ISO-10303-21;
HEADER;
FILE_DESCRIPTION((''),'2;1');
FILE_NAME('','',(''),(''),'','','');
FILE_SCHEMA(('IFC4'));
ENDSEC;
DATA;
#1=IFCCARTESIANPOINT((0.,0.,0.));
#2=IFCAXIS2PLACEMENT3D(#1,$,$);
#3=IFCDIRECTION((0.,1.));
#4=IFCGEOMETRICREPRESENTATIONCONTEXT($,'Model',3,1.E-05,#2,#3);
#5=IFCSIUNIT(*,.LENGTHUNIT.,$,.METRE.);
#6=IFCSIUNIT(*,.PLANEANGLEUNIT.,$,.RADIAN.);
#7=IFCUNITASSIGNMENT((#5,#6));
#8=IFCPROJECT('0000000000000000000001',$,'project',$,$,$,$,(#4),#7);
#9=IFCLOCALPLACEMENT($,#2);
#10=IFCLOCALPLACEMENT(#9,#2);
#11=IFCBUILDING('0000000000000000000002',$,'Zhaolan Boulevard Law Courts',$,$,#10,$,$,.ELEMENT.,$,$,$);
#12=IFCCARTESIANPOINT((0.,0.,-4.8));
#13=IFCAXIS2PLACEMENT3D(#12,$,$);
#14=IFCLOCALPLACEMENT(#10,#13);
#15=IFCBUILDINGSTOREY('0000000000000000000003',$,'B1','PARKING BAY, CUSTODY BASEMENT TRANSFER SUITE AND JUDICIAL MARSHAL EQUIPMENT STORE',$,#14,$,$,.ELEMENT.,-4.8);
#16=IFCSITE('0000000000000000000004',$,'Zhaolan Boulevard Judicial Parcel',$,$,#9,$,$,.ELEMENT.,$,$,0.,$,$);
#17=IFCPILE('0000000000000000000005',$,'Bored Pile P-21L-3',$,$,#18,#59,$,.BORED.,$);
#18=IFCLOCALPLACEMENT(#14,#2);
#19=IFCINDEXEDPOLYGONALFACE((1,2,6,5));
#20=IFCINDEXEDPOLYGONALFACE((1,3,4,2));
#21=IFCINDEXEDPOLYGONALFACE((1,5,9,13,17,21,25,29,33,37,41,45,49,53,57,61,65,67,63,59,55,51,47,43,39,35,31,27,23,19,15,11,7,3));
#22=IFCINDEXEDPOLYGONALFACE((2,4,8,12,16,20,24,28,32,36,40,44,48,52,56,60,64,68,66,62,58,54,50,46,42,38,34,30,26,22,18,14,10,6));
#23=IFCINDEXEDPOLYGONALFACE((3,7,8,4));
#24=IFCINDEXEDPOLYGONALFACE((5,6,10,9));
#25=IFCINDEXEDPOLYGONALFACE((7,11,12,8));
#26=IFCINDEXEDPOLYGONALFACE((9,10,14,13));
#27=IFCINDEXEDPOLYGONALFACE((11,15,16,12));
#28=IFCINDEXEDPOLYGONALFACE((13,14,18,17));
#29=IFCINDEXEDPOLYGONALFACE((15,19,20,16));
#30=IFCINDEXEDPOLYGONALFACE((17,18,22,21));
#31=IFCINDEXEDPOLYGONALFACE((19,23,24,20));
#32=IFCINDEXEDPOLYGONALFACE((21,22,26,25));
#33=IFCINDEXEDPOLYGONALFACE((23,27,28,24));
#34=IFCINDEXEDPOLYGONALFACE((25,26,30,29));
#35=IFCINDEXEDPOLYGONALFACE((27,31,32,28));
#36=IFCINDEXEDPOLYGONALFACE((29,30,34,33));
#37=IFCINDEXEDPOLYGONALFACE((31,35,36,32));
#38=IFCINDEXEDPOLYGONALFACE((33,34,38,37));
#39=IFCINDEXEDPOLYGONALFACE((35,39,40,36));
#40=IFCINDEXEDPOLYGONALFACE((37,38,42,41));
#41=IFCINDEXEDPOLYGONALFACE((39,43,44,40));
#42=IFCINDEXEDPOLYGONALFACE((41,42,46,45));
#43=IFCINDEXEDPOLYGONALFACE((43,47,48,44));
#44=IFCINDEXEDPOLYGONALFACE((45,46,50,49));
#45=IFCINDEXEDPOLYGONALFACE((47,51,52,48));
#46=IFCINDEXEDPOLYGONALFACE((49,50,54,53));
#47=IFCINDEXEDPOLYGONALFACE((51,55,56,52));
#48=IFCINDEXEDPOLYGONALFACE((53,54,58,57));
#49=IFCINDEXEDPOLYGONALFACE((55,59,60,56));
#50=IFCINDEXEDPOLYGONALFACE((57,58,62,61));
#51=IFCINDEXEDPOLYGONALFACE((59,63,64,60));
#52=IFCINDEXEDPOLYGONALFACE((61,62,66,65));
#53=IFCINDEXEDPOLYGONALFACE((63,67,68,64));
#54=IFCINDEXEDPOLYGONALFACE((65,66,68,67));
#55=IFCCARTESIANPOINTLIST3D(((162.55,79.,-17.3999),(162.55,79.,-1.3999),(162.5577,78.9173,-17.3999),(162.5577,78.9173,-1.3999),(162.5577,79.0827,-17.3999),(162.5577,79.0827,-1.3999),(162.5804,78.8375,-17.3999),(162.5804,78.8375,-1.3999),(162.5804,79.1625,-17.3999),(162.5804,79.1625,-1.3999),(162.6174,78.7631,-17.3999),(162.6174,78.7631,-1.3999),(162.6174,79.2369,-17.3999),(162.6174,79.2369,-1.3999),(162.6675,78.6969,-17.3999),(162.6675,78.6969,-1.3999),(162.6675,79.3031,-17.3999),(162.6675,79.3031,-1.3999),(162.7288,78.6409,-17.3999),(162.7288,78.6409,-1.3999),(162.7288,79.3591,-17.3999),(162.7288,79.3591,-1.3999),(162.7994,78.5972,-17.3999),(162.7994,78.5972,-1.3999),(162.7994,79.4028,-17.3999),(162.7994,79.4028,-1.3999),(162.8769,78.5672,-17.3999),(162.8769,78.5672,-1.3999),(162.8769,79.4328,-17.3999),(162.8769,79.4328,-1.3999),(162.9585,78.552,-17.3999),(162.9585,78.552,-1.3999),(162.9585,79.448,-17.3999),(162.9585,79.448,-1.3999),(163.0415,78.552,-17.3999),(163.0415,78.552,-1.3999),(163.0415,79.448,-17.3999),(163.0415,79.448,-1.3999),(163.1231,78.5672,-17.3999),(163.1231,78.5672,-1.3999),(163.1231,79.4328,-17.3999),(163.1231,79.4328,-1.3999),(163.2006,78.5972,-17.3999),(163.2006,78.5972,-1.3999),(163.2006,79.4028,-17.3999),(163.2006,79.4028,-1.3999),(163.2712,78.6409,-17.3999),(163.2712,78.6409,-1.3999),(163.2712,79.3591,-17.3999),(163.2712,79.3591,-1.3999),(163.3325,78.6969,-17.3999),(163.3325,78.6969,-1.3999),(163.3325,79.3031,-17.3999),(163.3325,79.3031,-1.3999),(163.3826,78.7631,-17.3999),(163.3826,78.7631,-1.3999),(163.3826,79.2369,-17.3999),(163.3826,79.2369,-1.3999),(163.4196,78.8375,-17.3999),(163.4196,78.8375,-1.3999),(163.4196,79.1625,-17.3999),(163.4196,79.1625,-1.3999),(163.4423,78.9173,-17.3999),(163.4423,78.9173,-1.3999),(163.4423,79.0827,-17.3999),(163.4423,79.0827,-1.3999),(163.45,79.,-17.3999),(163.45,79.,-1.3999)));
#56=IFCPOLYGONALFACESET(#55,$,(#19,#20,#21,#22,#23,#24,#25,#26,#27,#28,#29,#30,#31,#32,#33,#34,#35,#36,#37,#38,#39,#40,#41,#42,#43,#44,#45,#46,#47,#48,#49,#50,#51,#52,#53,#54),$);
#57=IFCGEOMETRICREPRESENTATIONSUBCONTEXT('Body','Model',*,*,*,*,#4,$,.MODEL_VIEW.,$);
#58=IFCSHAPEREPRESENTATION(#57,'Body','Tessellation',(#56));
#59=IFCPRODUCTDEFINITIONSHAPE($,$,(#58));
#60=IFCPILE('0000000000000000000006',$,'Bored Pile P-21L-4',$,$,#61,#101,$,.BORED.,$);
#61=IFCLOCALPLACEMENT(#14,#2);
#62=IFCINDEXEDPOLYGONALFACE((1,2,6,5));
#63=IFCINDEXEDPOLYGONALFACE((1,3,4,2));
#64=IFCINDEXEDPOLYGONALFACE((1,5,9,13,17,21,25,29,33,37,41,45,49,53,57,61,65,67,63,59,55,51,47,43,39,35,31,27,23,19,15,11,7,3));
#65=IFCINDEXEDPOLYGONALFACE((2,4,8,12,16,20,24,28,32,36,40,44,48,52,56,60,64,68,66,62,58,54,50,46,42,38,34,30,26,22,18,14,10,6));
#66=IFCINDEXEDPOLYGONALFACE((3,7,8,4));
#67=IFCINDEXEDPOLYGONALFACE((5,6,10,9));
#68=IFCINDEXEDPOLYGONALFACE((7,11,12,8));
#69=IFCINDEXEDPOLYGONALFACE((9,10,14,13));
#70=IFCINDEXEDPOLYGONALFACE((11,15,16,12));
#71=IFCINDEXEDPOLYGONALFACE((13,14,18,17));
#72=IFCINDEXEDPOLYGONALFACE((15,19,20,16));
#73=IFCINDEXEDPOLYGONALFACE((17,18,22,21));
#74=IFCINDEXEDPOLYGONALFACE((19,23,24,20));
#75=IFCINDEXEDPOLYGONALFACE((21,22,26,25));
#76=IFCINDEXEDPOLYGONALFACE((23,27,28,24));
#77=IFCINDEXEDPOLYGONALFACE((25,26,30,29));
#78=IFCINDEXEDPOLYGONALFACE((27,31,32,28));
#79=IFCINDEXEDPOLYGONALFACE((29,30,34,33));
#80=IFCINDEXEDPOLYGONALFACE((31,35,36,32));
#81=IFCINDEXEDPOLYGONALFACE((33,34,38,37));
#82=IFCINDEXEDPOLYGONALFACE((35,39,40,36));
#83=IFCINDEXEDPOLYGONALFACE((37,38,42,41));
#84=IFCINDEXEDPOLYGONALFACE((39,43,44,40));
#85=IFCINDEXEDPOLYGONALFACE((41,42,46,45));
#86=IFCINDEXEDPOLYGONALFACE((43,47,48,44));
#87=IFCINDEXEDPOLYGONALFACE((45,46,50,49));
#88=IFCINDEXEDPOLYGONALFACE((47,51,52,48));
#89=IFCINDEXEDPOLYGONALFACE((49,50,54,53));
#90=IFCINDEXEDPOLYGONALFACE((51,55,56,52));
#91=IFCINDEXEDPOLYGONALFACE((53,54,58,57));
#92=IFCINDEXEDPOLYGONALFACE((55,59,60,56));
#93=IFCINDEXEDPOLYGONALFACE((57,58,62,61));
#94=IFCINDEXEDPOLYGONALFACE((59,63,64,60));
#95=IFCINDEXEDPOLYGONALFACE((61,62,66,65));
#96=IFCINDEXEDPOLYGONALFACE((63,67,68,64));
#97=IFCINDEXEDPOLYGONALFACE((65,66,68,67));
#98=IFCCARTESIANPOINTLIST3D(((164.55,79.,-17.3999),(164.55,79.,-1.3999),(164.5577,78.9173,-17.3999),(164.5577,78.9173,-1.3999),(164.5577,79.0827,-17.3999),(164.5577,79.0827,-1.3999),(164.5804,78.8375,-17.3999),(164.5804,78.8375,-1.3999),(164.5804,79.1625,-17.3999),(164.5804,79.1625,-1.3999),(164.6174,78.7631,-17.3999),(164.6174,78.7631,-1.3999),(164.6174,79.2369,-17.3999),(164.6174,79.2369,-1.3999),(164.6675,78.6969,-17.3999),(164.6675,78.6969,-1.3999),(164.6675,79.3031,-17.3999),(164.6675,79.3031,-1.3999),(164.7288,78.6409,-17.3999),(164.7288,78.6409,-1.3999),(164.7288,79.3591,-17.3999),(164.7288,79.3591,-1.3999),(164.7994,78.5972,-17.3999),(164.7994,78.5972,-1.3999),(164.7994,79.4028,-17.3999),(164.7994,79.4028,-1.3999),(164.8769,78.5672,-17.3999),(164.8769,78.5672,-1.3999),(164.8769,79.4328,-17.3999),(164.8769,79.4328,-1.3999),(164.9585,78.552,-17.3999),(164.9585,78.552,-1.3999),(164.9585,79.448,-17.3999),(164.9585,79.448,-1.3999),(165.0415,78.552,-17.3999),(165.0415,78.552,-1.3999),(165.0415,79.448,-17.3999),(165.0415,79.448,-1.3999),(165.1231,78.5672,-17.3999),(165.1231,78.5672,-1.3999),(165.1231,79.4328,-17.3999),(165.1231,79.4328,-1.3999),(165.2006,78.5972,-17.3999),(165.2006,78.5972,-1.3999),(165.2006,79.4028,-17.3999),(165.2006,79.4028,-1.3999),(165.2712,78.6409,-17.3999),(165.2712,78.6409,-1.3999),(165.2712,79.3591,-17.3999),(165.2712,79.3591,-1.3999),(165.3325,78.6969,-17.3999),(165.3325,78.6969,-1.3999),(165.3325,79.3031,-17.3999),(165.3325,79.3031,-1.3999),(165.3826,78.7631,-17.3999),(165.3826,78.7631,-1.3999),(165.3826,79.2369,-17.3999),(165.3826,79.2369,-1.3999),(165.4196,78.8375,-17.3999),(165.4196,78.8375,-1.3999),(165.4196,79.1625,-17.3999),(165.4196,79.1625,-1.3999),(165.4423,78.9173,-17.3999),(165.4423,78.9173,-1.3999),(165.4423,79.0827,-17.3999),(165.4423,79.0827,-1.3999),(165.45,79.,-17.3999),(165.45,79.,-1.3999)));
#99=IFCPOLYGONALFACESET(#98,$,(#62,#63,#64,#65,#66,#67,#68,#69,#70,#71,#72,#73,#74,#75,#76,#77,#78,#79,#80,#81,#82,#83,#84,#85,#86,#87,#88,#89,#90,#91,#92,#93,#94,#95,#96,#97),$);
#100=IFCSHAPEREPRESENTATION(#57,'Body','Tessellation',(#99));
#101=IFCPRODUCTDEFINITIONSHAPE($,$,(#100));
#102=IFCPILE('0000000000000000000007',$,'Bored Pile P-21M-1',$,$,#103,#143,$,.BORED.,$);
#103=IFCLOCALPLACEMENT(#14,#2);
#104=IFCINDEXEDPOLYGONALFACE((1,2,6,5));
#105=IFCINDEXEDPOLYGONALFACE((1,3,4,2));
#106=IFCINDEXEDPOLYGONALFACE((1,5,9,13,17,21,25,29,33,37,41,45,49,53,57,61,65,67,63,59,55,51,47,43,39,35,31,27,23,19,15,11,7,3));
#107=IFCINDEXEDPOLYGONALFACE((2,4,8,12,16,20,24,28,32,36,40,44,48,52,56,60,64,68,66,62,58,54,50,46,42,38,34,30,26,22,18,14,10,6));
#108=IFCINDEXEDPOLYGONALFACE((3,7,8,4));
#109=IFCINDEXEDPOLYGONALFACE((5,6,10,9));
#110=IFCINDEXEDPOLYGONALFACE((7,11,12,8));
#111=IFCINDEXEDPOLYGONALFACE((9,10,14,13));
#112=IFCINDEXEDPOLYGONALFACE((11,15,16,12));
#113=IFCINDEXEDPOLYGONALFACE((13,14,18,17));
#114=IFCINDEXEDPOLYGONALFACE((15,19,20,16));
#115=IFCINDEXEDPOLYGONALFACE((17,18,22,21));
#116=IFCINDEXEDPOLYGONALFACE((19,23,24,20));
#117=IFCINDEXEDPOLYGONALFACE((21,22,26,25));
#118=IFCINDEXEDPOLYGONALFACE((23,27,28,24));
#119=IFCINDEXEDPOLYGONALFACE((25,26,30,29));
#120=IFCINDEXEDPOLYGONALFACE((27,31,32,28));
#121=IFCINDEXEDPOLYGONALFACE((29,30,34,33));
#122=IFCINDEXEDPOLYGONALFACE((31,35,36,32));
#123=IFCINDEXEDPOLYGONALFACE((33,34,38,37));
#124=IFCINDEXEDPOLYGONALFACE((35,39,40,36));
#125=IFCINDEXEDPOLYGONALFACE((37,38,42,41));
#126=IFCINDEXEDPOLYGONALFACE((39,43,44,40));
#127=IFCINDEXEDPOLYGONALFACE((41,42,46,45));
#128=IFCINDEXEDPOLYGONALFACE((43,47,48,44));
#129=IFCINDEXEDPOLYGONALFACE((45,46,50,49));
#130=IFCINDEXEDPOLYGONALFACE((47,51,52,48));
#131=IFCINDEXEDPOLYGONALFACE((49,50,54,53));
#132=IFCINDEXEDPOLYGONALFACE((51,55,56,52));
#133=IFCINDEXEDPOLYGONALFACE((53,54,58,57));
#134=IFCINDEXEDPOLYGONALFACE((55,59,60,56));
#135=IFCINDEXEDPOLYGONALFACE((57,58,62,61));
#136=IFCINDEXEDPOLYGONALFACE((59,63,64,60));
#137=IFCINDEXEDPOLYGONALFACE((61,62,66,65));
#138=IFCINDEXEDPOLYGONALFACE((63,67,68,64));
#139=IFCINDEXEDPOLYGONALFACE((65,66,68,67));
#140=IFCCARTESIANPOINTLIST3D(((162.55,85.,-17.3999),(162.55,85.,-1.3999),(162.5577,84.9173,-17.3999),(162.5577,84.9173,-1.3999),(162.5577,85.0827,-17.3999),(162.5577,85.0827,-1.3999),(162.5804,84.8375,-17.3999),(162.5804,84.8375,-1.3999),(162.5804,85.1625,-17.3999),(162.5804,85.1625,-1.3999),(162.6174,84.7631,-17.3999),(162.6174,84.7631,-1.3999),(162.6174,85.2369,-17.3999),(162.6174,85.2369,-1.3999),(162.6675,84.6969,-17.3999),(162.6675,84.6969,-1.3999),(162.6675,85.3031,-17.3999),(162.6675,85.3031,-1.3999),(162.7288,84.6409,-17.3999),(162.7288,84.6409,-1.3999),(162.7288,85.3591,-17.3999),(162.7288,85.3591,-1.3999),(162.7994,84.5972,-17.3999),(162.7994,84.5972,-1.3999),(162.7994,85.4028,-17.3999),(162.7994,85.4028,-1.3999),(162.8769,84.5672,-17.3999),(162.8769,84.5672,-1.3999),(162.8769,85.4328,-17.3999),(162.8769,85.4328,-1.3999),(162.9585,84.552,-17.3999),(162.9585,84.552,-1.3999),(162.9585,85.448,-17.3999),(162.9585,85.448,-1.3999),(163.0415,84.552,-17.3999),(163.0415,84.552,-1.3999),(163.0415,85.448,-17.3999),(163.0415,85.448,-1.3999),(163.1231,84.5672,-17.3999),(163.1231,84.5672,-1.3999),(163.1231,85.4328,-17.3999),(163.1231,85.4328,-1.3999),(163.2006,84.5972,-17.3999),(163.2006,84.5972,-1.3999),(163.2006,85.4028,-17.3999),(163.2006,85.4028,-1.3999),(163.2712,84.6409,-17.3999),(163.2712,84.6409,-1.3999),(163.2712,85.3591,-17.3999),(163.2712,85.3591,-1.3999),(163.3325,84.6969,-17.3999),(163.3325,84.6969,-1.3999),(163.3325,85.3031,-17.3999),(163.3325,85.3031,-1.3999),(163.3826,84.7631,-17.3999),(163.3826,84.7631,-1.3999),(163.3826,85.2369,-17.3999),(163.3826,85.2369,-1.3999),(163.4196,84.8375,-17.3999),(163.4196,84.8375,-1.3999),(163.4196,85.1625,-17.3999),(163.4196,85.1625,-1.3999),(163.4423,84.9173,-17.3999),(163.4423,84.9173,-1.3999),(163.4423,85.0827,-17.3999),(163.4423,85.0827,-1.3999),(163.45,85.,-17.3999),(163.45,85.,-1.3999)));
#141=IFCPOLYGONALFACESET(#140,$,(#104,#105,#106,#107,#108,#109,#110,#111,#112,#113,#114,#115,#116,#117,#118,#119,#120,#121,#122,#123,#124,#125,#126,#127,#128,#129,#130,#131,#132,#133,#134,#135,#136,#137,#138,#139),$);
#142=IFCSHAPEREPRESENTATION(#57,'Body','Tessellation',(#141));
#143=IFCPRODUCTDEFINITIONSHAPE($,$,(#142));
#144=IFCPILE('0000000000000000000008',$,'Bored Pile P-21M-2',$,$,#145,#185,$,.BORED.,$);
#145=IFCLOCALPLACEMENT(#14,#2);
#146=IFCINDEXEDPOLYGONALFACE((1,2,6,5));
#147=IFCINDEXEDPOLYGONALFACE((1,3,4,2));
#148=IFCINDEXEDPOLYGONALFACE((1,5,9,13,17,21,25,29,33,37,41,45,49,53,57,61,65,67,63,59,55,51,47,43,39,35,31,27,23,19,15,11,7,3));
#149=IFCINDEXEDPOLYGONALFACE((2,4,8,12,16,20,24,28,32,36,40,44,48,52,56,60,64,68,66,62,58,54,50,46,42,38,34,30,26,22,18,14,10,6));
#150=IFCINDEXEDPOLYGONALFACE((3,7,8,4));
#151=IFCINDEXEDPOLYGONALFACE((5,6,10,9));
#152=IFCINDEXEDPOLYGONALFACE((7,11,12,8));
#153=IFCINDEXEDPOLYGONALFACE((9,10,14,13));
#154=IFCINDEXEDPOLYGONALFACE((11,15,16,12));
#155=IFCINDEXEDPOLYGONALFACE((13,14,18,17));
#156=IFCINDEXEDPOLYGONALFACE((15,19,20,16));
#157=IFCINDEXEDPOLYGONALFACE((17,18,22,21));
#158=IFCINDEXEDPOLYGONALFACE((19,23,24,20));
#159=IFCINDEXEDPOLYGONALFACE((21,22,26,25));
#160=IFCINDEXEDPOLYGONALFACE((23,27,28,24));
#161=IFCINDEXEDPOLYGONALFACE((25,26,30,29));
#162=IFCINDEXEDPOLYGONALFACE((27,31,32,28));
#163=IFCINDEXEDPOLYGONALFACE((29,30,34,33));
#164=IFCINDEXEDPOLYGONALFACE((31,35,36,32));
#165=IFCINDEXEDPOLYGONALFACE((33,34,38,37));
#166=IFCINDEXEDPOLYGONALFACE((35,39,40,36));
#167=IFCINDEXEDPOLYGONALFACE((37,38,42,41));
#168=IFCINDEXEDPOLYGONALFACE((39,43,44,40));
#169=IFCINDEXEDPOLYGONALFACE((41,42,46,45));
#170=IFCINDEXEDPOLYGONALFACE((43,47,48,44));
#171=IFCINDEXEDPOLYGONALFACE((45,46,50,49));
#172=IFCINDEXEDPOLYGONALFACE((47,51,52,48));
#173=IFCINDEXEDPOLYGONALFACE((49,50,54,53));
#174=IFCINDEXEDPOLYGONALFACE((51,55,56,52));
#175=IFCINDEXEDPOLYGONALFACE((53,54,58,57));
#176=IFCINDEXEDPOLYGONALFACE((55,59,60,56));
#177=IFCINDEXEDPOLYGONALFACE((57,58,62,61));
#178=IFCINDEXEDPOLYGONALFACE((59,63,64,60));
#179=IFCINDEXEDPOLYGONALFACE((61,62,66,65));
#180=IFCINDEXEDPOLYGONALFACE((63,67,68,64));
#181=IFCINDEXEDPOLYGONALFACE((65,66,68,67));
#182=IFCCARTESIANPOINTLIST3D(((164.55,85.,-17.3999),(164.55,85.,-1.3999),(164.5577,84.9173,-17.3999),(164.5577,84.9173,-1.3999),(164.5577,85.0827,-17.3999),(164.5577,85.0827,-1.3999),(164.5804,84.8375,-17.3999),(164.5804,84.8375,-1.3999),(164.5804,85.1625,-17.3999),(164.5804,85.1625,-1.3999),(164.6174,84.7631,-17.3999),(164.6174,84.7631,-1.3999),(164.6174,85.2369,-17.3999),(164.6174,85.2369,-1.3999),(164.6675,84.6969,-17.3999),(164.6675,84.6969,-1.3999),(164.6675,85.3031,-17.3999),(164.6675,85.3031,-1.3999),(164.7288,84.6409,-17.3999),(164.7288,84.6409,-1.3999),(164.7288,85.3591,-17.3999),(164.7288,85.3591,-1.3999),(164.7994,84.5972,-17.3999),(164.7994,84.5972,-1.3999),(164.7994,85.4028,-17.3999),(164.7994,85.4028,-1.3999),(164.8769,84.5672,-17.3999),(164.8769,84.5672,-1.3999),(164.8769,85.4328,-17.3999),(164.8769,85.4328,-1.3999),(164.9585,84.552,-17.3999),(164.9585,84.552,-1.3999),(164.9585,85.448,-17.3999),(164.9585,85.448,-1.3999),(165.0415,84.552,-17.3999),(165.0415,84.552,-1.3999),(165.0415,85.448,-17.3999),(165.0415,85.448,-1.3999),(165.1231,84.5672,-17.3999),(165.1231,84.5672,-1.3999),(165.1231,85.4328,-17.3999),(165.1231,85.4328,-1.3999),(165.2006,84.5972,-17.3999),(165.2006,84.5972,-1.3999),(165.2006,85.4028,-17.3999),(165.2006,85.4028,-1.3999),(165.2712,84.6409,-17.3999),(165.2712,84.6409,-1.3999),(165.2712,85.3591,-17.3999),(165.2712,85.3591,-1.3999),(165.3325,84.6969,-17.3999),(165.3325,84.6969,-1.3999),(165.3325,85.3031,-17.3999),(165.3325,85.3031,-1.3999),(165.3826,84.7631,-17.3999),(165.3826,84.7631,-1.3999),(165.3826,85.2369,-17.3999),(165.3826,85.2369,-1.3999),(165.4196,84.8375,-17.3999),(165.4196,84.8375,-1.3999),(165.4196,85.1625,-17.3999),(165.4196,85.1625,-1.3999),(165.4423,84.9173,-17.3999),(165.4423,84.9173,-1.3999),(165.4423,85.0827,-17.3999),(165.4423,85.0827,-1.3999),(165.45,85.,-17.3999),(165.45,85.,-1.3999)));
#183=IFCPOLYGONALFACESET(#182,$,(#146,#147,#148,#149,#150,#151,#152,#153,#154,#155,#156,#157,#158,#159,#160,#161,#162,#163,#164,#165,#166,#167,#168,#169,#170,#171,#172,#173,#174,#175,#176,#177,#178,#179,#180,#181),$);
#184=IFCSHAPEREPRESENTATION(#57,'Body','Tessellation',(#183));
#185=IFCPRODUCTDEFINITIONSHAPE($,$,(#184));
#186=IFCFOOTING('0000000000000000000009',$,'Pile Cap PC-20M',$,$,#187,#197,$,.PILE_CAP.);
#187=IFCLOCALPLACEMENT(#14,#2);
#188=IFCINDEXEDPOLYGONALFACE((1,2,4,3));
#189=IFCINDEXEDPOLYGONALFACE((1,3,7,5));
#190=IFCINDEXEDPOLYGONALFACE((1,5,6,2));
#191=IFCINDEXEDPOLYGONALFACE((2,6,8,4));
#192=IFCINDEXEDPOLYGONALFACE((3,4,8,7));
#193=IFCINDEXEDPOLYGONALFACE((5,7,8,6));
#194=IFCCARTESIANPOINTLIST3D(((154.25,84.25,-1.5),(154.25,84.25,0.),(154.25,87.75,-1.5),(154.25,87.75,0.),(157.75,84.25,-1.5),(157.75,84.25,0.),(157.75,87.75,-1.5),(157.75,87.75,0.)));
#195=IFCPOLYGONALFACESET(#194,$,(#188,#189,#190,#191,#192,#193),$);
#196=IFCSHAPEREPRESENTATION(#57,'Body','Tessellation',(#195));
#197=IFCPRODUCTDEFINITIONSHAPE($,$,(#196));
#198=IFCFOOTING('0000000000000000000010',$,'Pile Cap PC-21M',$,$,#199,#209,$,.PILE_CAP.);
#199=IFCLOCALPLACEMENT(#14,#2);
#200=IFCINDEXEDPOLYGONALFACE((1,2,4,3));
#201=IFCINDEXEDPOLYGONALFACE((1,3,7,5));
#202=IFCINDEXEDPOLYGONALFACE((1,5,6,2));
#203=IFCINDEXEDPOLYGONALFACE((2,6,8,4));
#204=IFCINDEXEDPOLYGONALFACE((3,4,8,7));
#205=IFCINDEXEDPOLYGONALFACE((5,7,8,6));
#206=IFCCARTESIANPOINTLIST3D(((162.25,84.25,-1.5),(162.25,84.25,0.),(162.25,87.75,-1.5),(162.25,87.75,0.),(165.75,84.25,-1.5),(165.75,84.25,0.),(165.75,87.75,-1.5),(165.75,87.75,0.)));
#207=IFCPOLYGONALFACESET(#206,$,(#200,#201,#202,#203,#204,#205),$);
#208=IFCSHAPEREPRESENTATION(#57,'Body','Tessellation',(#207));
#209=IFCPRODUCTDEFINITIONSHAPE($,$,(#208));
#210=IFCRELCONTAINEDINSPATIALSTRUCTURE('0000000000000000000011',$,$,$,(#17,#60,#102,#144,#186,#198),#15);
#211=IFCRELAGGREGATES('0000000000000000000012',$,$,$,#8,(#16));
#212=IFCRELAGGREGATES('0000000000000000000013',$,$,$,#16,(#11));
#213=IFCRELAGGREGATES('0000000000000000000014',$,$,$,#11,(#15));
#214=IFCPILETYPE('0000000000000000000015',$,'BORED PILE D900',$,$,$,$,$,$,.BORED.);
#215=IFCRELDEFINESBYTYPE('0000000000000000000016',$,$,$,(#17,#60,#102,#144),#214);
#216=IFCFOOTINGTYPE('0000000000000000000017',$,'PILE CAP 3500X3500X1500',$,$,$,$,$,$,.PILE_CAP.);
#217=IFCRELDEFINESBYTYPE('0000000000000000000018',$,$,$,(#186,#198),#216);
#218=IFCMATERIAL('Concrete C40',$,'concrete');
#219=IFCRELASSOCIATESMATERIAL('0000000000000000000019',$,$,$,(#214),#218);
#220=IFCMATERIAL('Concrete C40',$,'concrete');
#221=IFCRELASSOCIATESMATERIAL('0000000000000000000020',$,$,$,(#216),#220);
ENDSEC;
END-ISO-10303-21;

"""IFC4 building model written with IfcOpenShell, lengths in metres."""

from ifc_helpers import new_model, si_unit, direction, frame, origin, origin_2d, place, context, subcontext, project, spatial, rectangle, circle, extrude, material, material_profile, profile_set, type_object, element, save


model = new_model("IFC4")

# Units and contexts
model_context = context("Model", 3, precision=1e-05, world=origin(), true_north=direction((0.0, 1.0)))
body_context = subcontext(model_context, "Body", "Model", "MODEL_VIEW")
ifc_project = project(units=[si_unit("LENGTHUNIT", "METRE"), si_unit("PLANEANGLEUNIT", "RADIAN")], contexts=[model_context])

# Site, building, storey
site_placement = place(None, origin())
site = spatial("IfcSite", under=ifc_project, at=site_placement, Name="Zhaolan Boulevard Judicial Parcel", CompositionType="ELEMENT", RefElevation=0.0)
building_placement = place(site_placement, origin())
building = spatial("IfcBuilding", under=site, at=building_placement, Name="Zhaolan Boulevard Law Courts", CompositionType="ELEMENT")
storey_placement = place(building_placement, frame((0.0, 0.0, -4.8)))
storey = spatial("IfcBuildingStorey", under=building, at=storey_placement, Name="B1", Description="PARKING BAY, CUSTODY BASEMENT TRANSFER SUITE AND JUDICIAL MARSHAL EQUIPMENT STORE", CompositionType="ELEMENT", Elevation=-4.8)

# Piles
ifc_material_1 = material(Name="Concrete C40", Category="concrete")
ifc_material_profile_1 = material_profile(ifc_material_1, circle(Radius=0.45, at=origin_2d()), Name="PILE-D900")
ifc_profile_set_1 = profile_set([ifc_material_profile_1], Name="Concrete C40")
pile_type = type_object("IfcPileType", Name="BORED PILE D900", PredefinedType="BORED", material=ifc_profile_set_1)
for number, where, z_axis, x_axis, name in (
    (1, (163.0, 79.0, -1.3999), (0.0, 0.0, -1.0), (1.0, 0.0, 0.0), "Bored Pile P-21L-3"),
    (2, (165.0, 79.0, -1.3999), (0.0, 0.0, -1.0), (1.0, 0.0, 0.0), "Bored Pile P-21L-4"),
    (3, (163.0, 85.0, -1.3999), (0.0, 0.0, -1.0), (1.0, 0.0, 0.0), "Bored Pile P-21M-1"),
    (4, (165.0, 85.0, -1.3999), (0.0, 0.0, -1.0), (1.0, 0.0, 0.0), "Bored Pile P-21M-2"),
):
    element("IfcPile", number, at=place(storey_placement, frame(where, z_axis=z_axis, x_axis=x_axis)), inside=storey, type_object=pile_type, Name=name, PredefinedType="BORED", context=body_context, shape_type="SweptSolid", body=[
        extrude(circle(Radius=0.45, at=origin_2d()), origin(), (0.0, 0.0, 1.0), 16.0),
    ])

# Footings
ifc_material_2 = material(Name="Concrete C40", Category="concrete")
footing_type_1 = type_object("IfcFootingType", Name="PILE CAP 3500X3500X1500", PredefinedType="PILE_CAP", material=ifc_material_2)
for number, where, z_axis, x_axis, name in (
    (5, (156.0, 86.0, -1.5), (0.0, 0.0, 1.0), (1.0, 0.0, 0.0), "Pile Cap PC-20M"),
    (6, (164.0, 86.0, -1.5), (0.0, 0.0, 1.0), (1.0, 0.0, 0.0), "Pile Cap PC-21M"),
):
    element("IfcFooting", number, at=place(storey_placement, frame(where, z_axis=z_axis, x_axis=x_axis)), inside=storey, type_object=footing_type_1, Name=name, PredefinedType="PILE_CAP", context=body_context, shape_type="SweptSolid", body=[
        extrude(rectangle(XDim=3.5, YDim=3.5, at=origin_2d()), origin(), (0.0, 0.0, 1.0), 1.5),
    ])

save(model, "model.ifc")
